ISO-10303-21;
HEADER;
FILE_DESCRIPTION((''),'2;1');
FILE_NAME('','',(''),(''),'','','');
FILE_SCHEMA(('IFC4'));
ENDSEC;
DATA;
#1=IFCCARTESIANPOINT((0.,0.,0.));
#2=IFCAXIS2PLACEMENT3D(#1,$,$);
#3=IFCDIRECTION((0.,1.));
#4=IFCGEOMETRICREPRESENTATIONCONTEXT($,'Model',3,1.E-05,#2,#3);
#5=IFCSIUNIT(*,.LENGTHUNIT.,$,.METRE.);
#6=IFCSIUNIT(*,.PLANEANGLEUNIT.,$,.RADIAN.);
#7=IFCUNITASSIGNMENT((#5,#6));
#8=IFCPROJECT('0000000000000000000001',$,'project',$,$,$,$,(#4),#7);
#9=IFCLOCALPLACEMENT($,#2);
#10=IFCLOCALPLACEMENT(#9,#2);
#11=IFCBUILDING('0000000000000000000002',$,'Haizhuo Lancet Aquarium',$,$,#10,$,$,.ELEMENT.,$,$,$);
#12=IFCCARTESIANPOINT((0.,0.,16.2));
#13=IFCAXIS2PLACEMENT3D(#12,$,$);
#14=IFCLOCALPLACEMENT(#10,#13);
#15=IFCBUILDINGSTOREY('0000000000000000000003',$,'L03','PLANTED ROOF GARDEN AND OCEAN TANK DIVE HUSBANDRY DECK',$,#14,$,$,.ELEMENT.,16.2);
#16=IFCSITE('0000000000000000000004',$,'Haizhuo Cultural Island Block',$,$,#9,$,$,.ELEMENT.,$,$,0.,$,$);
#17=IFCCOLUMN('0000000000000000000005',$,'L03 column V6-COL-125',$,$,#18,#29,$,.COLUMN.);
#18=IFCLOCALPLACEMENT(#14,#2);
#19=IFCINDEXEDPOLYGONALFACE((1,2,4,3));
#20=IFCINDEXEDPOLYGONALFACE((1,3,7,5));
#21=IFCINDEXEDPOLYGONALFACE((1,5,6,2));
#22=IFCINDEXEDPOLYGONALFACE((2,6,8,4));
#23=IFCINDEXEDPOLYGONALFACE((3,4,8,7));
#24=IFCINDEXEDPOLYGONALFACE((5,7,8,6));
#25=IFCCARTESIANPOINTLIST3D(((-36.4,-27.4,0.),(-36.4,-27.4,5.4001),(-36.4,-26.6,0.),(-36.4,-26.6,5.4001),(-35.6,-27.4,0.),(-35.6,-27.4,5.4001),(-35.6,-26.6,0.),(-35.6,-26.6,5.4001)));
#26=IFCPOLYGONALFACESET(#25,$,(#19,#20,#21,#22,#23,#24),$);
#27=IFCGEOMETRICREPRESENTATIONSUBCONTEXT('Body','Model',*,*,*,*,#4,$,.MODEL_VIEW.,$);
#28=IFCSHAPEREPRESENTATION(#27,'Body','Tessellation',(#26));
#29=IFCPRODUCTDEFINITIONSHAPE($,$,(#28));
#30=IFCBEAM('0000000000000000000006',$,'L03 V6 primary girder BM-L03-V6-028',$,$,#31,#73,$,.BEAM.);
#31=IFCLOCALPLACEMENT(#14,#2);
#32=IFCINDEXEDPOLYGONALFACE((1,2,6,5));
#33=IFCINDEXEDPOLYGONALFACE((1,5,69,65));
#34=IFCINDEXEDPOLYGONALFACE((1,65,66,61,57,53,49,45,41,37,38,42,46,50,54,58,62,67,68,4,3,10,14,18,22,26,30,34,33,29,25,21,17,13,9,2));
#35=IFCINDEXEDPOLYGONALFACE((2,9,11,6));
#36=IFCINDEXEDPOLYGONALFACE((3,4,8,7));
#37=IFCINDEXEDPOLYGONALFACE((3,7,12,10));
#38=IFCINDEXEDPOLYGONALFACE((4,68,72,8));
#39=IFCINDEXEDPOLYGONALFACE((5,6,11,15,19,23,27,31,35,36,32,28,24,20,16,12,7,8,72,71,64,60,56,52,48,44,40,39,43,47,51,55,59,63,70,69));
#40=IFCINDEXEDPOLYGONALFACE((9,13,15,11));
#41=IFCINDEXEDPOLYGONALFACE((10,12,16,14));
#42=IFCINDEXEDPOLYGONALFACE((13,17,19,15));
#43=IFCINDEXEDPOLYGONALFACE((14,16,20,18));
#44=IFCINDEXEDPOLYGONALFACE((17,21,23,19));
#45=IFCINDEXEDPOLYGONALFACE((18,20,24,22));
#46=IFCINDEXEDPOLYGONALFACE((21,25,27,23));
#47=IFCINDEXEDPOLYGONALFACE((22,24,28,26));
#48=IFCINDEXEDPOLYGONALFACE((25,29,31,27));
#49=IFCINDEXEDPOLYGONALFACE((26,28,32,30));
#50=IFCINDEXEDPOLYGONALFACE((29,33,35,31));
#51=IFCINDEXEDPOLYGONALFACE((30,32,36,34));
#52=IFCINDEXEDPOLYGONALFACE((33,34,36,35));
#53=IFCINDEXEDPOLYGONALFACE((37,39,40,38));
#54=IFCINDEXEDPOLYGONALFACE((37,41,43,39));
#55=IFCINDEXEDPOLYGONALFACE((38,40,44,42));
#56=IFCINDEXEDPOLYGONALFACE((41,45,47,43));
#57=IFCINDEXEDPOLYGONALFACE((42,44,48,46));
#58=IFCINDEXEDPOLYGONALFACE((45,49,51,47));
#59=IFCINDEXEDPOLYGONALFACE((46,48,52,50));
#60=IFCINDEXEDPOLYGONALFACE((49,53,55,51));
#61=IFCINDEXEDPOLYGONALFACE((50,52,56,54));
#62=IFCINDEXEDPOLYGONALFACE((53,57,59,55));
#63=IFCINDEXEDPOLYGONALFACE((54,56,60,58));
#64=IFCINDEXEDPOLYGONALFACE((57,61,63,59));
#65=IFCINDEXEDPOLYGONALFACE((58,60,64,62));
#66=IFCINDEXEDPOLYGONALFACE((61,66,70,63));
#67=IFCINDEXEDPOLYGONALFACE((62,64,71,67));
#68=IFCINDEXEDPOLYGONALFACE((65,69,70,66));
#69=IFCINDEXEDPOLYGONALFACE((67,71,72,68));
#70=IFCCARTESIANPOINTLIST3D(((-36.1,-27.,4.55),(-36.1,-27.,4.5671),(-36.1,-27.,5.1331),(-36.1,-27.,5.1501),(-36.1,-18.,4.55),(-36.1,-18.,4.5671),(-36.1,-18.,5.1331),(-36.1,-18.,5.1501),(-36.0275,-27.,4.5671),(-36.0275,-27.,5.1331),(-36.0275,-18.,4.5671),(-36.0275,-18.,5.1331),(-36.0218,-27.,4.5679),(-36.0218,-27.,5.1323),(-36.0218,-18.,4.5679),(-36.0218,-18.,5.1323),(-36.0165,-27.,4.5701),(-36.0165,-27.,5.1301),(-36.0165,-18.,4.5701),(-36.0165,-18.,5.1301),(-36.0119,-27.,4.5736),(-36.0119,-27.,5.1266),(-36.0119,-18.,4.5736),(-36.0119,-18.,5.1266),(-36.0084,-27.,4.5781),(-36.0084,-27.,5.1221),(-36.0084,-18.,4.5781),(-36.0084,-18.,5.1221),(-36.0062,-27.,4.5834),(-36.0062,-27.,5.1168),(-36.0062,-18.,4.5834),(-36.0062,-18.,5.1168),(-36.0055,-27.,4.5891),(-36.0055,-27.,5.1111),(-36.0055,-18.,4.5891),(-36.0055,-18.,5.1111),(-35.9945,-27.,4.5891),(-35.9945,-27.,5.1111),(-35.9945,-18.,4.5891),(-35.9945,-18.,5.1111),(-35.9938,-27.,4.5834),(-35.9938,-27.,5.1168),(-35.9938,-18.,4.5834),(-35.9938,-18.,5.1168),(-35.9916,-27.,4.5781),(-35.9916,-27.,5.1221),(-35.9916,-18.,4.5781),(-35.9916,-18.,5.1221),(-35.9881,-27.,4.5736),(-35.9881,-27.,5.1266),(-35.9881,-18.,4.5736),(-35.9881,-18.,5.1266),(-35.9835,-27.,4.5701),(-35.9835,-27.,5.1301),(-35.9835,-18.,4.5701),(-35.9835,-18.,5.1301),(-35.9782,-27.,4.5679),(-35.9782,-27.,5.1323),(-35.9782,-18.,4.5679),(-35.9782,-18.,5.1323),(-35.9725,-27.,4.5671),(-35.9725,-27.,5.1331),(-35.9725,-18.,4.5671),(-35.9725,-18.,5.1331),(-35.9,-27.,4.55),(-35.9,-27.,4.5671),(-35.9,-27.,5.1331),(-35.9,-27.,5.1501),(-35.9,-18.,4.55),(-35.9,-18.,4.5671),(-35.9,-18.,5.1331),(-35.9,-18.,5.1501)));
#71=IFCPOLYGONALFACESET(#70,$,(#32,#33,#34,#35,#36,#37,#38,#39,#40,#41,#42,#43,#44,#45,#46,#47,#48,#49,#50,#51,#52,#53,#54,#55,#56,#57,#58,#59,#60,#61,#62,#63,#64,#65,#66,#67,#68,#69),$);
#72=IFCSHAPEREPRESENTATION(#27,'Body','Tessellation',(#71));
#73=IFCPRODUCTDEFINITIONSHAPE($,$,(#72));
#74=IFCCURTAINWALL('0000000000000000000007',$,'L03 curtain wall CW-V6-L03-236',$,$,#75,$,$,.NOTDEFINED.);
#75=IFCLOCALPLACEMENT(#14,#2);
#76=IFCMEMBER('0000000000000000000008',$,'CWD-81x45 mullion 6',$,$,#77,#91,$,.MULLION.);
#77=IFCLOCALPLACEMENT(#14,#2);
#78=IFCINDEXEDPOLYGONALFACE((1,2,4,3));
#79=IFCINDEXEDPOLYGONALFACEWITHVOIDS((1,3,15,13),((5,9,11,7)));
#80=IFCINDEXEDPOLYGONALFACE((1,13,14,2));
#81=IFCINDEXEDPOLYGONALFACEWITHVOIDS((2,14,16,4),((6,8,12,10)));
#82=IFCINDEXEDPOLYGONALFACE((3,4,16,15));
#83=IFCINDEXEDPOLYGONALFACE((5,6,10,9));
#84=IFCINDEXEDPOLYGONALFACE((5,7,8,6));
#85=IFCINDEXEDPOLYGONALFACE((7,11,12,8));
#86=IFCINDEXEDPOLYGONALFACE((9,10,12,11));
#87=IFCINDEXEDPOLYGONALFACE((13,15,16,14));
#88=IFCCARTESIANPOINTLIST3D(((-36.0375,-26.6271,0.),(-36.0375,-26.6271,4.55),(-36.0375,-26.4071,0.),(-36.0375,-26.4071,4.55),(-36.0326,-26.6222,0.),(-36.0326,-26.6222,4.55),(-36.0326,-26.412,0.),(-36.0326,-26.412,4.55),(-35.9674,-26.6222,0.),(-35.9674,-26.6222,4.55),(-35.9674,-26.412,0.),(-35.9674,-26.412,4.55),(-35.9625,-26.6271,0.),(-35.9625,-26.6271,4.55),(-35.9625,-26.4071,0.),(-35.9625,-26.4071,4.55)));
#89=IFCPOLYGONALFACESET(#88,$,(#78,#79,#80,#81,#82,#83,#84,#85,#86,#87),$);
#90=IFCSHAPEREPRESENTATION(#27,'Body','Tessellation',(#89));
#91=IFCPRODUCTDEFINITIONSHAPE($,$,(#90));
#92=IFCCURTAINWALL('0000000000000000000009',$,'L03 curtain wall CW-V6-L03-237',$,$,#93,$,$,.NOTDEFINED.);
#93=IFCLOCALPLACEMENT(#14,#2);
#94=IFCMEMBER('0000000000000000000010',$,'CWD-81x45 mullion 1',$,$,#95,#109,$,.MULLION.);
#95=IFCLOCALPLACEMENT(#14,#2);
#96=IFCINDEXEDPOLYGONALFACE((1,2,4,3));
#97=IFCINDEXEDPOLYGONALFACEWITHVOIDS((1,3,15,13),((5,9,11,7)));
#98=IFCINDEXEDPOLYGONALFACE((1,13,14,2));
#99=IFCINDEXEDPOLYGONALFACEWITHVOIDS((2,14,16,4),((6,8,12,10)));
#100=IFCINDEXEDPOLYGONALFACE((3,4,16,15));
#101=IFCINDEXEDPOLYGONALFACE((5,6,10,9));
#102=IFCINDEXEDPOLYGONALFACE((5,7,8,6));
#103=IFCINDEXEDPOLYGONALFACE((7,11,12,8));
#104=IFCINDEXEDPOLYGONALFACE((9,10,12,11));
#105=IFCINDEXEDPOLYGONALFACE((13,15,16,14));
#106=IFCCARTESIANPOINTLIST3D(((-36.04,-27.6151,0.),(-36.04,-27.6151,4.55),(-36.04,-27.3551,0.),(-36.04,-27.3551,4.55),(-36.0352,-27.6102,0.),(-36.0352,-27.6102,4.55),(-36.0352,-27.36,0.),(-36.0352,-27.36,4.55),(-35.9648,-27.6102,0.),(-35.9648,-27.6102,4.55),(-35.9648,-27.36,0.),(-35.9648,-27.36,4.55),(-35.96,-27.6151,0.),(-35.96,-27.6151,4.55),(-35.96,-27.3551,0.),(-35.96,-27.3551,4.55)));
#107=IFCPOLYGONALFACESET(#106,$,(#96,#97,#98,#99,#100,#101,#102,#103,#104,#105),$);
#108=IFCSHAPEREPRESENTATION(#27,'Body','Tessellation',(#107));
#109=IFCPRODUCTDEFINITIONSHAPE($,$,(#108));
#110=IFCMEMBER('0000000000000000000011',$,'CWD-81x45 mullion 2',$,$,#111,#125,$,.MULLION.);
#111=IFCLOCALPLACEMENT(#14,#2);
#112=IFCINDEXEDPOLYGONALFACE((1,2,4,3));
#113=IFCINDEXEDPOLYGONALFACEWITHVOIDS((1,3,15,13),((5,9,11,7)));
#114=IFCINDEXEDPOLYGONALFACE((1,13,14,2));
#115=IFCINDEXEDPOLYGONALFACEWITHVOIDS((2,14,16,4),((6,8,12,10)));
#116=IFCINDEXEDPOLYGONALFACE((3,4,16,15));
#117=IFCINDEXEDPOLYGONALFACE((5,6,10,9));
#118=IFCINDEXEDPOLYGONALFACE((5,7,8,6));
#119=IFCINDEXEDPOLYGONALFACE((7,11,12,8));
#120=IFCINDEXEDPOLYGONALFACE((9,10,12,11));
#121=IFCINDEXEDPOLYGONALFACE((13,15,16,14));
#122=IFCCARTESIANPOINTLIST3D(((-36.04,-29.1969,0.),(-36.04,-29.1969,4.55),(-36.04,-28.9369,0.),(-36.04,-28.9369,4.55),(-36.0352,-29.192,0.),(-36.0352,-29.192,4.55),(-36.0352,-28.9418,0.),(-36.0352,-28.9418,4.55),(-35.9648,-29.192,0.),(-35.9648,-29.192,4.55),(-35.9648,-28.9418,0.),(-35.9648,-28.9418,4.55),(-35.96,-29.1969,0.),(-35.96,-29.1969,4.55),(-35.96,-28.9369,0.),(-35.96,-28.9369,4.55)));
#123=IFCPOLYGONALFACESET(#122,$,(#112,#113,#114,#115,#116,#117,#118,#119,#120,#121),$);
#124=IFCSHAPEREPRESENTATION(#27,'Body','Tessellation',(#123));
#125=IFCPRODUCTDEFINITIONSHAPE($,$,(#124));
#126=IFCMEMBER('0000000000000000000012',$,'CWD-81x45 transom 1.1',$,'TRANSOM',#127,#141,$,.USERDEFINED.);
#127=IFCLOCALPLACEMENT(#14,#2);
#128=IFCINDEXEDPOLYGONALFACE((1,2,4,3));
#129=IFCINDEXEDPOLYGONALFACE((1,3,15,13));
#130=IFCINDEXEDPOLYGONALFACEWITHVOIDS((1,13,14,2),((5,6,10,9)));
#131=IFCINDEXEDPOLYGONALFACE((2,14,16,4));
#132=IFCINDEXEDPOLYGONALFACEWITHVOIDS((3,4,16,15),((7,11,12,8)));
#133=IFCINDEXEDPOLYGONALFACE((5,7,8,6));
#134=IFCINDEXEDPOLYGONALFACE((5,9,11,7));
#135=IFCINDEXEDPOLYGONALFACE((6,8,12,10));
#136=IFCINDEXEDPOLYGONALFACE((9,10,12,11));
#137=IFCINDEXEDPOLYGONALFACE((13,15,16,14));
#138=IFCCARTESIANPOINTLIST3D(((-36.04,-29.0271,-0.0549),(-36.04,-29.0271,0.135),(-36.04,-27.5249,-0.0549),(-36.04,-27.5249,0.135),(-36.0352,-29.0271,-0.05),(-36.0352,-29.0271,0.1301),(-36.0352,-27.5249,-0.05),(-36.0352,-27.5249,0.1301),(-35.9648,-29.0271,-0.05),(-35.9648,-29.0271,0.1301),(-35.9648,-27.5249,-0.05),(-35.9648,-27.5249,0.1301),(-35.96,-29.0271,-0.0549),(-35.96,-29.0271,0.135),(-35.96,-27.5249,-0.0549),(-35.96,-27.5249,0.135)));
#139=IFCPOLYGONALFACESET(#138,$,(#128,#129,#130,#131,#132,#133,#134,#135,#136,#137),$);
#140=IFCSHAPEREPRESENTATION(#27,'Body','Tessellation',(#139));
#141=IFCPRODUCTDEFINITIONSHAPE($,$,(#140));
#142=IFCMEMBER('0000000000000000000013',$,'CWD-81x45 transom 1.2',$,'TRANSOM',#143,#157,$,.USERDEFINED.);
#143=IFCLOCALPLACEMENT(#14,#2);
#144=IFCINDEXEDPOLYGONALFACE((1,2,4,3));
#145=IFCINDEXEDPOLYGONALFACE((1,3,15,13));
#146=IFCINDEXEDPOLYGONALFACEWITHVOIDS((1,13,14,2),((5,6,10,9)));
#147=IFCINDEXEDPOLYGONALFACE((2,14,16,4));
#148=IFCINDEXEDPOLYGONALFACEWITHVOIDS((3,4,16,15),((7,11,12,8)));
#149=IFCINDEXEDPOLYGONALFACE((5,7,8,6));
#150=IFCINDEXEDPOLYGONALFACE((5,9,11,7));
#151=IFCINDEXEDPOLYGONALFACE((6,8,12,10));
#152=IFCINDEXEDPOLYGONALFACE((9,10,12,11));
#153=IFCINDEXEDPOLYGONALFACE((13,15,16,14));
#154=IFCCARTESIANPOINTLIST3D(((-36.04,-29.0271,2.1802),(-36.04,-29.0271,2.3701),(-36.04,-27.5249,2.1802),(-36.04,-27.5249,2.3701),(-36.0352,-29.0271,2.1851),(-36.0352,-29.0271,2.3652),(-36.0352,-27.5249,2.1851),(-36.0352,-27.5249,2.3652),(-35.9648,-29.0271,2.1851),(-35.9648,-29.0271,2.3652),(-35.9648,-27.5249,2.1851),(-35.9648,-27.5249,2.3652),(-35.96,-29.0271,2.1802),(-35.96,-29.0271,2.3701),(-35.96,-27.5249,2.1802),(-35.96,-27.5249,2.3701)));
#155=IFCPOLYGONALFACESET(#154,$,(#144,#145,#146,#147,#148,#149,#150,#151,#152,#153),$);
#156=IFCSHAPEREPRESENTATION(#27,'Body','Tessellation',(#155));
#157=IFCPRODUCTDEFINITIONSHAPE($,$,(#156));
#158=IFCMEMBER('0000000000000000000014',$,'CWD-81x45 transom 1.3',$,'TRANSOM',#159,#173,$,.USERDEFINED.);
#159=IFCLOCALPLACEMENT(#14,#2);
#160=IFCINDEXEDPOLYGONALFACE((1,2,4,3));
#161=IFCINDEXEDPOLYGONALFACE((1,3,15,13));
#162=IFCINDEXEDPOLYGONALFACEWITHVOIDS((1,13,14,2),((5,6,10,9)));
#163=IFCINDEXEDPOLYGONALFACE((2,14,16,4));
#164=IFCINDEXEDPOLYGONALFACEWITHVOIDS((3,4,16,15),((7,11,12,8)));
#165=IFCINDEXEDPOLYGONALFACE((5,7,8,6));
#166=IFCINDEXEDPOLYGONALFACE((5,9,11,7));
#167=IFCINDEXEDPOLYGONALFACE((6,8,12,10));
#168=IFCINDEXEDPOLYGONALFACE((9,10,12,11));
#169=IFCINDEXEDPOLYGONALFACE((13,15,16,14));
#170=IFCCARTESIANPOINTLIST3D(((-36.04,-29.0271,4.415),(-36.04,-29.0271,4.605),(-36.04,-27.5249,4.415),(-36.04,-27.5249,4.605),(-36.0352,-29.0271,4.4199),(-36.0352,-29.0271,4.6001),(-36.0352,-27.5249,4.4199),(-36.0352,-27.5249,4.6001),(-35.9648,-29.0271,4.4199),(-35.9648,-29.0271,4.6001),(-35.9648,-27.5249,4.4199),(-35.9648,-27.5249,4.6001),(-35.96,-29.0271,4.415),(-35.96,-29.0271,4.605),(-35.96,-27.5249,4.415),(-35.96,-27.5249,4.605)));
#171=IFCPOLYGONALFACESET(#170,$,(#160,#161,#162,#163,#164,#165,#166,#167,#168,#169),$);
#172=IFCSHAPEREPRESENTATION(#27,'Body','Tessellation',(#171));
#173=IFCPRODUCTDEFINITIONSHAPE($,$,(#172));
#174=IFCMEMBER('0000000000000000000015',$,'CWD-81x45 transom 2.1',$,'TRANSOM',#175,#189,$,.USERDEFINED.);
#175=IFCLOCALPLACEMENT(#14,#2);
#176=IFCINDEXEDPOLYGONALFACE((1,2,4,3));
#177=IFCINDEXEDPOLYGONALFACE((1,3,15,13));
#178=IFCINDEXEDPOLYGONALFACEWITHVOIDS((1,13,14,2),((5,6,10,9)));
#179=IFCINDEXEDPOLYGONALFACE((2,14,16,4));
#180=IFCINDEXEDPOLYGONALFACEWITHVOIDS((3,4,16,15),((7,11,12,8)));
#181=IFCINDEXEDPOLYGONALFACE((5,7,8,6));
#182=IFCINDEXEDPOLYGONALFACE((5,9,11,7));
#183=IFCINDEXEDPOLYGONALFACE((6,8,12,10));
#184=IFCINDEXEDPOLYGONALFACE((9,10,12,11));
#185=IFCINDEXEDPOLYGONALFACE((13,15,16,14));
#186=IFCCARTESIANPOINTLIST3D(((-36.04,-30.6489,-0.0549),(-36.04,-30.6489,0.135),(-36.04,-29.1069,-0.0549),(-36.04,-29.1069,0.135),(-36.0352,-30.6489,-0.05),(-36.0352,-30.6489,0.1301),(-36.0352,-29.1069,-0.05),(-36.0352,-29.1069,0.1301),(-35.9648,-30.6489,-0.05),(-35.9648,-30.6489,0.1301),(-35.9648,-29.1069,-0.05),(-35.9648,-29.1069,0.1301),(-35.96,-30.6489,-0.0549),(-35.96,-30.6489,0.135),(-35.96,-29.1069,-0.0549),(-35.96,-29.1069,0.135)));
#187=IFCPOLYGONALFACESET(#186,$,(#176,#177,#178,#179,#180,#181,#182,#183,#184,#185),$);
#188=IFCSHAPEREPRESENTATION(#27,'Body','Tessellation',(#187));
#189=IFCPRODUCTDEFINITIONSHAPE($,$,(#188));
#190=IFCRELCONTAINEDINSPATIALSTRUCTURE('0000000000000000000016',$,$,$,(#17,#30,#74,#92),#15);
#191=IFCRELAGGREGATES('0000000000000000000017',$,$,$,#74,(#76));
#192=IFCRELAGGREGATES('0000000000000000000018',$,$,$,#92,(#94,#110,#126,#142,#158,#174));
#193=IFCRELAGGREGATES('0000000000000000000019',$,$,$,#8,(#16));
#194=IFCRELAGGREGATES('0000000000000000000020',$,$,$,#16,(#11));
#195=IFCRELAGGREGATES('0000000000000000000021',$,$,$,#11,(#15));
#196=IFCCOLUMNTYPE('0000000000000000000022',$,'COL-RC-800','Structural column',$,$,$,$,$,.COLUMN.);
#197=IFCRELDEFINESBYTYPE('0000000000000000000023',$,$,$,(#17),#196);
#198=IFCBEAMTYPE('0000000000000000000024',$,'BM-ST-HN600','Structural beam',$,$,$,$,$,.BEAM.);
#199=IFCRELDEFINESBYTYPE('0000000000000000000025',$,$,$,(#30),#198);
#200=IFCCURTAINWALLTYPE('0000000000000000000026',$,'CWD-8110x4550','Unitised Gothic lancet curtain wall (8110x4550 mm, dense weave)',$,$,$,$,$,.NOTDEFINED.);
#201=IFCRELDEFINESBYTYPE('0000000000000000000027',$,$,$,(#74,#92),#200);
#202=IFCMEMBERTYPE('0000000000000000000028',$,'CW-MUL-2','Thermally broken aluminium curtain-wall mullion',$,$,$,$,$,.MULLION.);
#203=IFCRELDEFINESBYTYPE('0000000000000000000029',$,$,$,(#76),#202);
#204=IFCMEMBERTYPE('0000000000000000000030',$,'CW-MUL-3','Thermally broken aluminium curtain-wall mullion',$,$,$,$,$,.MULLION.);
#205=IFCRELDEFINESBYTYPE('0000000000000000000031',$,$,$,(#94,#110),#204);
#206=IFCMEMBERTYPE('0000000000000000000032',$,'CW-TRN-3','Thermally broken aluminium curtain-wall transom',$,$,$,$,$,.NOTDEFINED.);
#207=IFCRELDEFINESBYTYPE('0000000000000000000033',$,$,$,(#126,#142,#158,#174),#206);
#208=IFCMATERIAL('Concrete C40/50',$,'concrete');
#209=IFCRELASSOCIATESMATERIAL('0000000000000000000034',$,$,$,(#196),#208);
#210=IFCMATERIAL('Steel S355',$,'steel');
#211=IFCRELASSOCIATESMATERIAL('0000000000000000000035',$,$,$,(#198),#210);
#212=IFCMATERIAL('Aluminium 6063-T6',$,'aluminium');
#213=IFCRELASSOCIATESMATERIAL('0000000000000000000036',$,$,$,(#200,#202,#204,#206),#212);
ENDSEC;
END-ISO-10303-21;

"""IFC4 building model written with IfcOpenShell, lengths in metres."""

from ifc_helpers import new_model, si_unit, direction, frame, origin, origin_2d, place, context, subcontext, project, spatial, rectangle, hollow_rectangle, i_section, extrude, material, material_profile, profile_set, type_object, element, aggregate, save


model = new_model("IFC4")

# Units and contexts
model_context = context("Model", 3, precision=1e-05, world=origin(), true_north=direction((0.0, 1.0)))
body_context = subcontext(model_context, "Body", "Model", "MODEL_VIEW")
ifc_project = project(units=[si_unit("LENGTHUNIT", "METRE"), si_unit("PLANEANGLEUNIT", "RADIAN")], contexts=[model_context])

# Site, building, storey
site_placement = place(None, origin())
site = spatial("IfcSite", under=ifc_project, at=site_placement, Name="Haizhuo Cultural Island Block", CompositionType="ELEMENT", RefElevation=0.0)
building_placement = place(site_placement, origin())
building = spatial("IfcBuilding", under=site, at=building_placement, Name="Haizhuo Lancet Aquarium", CompositionType="ELEMENT")
storey_placement = place(building_placement, frame((0.0, 0.0, 16.2)))
storey = spatial("IfcBuildingStorey", under=building, at=storey_placement, Name="L03", Description="PLANTED ROOF GARDEN AND OCEAN TANK DIVE HUSBANDRY DECK", CompositionType="ELEMENT", Elevation=16.2)

# Column
ifc_material_1 = material(Name="Concrete C40/50", Category="concrete")
ifc_material_profile_1 = material_profile(ifc_material_1, rectangle(XDim=0.8, YDim=0.8, at=origin_2d()), Name="RC-COL 800x800")
ifc_profile_set_1 = profile_set([ifc_material_profile_1], Name="Concrete C40/50")
column_type = type_object("IfcColumnType", Name="COL-RC-800", Description="Structural column", PredefinedType="COLUMN", material=ifc_profile_set_1)
column_placement = place(storey_placement, frame((-36.0, -27.0, 0.0), z_axis=(0.0, 0.0, 1.0), x_axis=(1.0, 0.0, 0.0)))
element("IfcColumn", 1, at=column_placement, inside=storey, type_object=column_type, Name="L03 column V6-COL-125", PredefinedType="COLUMN", context=body_context, shape_type="SweptSolid", body=[
    extrude(rectangle(XDim=0.8, YDim=0.8, at=origin_2d()), origin(), (0.0, 0.0, 1.0), 5.4001),
])

# Beam
ifc_material_2 = material(Name="Steel S355", Category="steel")
ifc_material_profile_2 = material_profile(ifc_material_2, i_section(OverallWidth=0.2, OverallDepth=0.6001, WebThickness=0.011, FlangeThickness=0.0171, FilletRadius=0.022, at=origin_2d()), Name="HN 600x200x11x17")
ifc_profile_set_2 = profile_set([ifc_material_profile_2], Name="Steel S355")
beam_type = type_object("IfcBeamType", Name="BM-ST-HN600", Description="Structural beam", PredefinedType="BEAM", material=ifc_profile_set_2)
beam_placement = place(storey_placement, frame((-36.0, -27.0, 4.8501), z_axis=(0.0, 1.0, 0.0), x_axis=(-1.0, 0.0, 0.0)))
element("IfcBeam", 2, at=beam_placement, inside=storey, type_object=beam_type, Name="L03 V6 primary girder BM-L03-V6-028", PredefinedType="BEAM", context=body_context, shape_type="SweptSolid", body=[
    extrude(i_section(OverallWidth=0.2, OverallDepth=0.6001, WebThickness=0.011, FlangeThickness=0.0171, FilletRadius=0.022, at=origin_2d()), origin(), (0.0, 0.0, 1.0), 9.0),
])

# Curtain wall, member
ifc_material_3 = material(Name="Aluminium 6063-T6", Category="aluminium")
curtain_wall_type = type_object("IfcCurtainWallType", Name="CWD-8110x4550", Description="Unitised Gothic lancet curtain wall (8110x4550 mm, dense weave)", PredefinedType="NOTDEFINED", material=ifc_material_3)
curtain_wall_1_placement = place(storey_placement, origin())
curtain_wall_1 = element("IfcCurtainWall", 3, at=curtain_wall_1_placement, inside=storey, type_object=curtain_wall_type, Name="L03 curtain wall CW-V6-L03-236", PredefinedType="NOTDEFINED")
ifc_material_profile_3 = material_profile(ifc_material_3, hollow_rectangle(XDim=0.075, YDim=0.22, WallThickness=0.0049, at=origin_2d()), Name="ALU-M 75x220x5")
ifc_profile_set_3 = profile_set([ifc_material_profile_3], Name="Aluminium 6063-T6")
member_type_1 = type_object("IfcMemberType", Name="CW-MUL-2", Description="Thermally broken aluminium curtain-wall mullion", PredefinedType="MULLION", material=ifc_profile_set_3)
member_1_placement = place(storey_placement, frame((-36.0, -26.5171, 0.0), z_axis=(0.0, 0.0, 1.0), x_axis=(1.0, 0.0, 0.0)))
member_1 = element("IfcMember", 4, at=member_1_placement, type_object=member_type_1, Name="CWD-81x45 mullion 6", PredefinedType="MULLION", context=body_context, shape_type="SweptSolid", body=[
    extrude(hollow_rectangle(XDim=0.075, YDim=0.22, WallThickness=0.0049, at=origin_2d()), origin(), (0.0, 0.0, 1.0), 4.55),
])
aggregate(curtain_wall_1, [member_1])

# Curtain wall, members
curtain_wall_2_placement = place(storey_placement, origin())
curtain_wall_2 = element("IfcCurtainWall", 5, at=curtain_wall_2_placement, inside=storey, type_object=curtain_wall_type, Name="L03 curtain wall CW-V6-L03-237", PredefinedType="NOTDEFINED")
ifc_material_profile_4 = material_profile(ifc_material_3, hollow_rectangle(XDim=0.0801, YDim=0.26, WallThickness=0.0049, at=origin_2d()), Name="ALU-M 80x260x5")
ifc_profile_set_4 = profile_set([ifc_material_profile_4], Name="Aluminium 6063-T6")
member_type_2 = type_object("IfcMemberType", Name="CW-MUL-3", Description="Thermally broken aluminium curtain-wall mullion", PredefinedType="MULLION", material=ifc_profile_set_4)
member_2_placement = place(storey_placement, frame((-36.0, -27.4851, 0.0), z_axis=(0.0, 0.0, 1.0), x_axis=(1.0, 0.0, 0.0)))
member_2 = element("IfcMember", 6, at=member_2_placement, type_object=member_type_2, Name="CWD-81x45 mullion 1", PredefinedType="MULLION", context=body_context, shape_type="SweptSolid", body=[
    extrude(hollow_rectangle(XDim=0.0801, YDim=0.26, WallThickness=0.0049, at=origin_2d()), origin(), (0.0, 0.0, 1.0), 4.55),
])
member_3_placement = place(storey_placement, frame((-36.0, -29.0669, 0.0), z_axis=(0.0, 0.0, 1.0), x_axis=(1.0, 0.0, 0.0)))
member_3 = element("IfcMember", 7, at=member_3_placement, type_object=member_type_2, Name="CWD-81x45 mullion 2", PredefinedType="MULLION", context=body_context, shape_type="SweptSolid", body=[
    extrude(hollow_rectangle(XDim=0.0801, YDim=0.26, WallThickness=0.0049, at=origin_2d()), origin(), (0.0, 0.0, 1.0), 4.55),
])
ifc_material_profile_5 = material_profile(ifc_material_3, hollow_rectangle(XDim=0.0801, YDim=0.1899, WallThickness=0.0049, at=origin_2d()), Name="ALU-T 80x190x5")
ifc_profile_set_5 = profile_set([ifc_material_profile_5], Name="Aluminium 6063-T6")
member_type_3 = type_object("IfcMemberType", Name="CW-TRN-3", Description="Thermally broken aluminium curtain-wall transom", PredefinedType="NOTDEFINED", material=ifc_profile_set_5)
member_4_placement = place(storey_placement, frame((-36.0, -27.5249, 0.04), z_axis=(0.0, -1.0, 0.0), x_axis=(1.0, 0.0, 0.0)))
member_4 = element("IfcMember", 8, at=member_4_placement, type_object=member_type_3, Name="CWD-81x45 transom 1.1", ObjectType="TRANSOM", PredefinedType="USERDEFINED", context=body_context, shape_type="SweptSolid", body=[
    extrude(hollow_rectangle(XDim=0.0801, YDim=0.1899, WallThickness=0.0049, at=origin_2d()), origin(), (0.0, 0.0, 1.0), 1.5022),
])
member_5_placement = place(storey_placement, frame((-36.0, -27.5249, 2.2751), z_axis=(0.0, -1.0, 0.0), x_axis=(1.0, 0.0, 0.0)))
member_5 = element("IfcMember", 9, at=member_5_placement, type_object=member_type_3, Name="CWD-81x45 transom 1.2", ObjectType="TRANSOM", PredefinedType="USERDEFINED", context=body_context, shape_type="SweptSolid", body=[
    extrude(hollow_rectangle(XDim=0.0801, YDim=0.1899, WallThickness=0.0049, at=origin_2d()), origin(), (0.0, 0.0, 1.0), 1.5022),
])
member_6_placement = place(storey_placement, frame((-36.0, -27.5249, 4.51), z_axis=(0.0, -1.0, 0.0), x_axis=(1.0, 0.0, 0.0)))
member_6 = element("IfcMember", 10, at=member_6_placement, type_object=member_type_3, Name="CWD-81x45 transom 1.3", ObjectType="TRANSOM", PredefinedType="USERDEFINED", context=body_context, shape_type="SweptSolid", body=[
    extrude(hollow_rectangle(XDim=0.0801, YDim=0.1899, WallThickness=0.0049, at=origin_2d()), origin(), (0.0, 0.0, 1.0), 1.5022),
])
member_7_placement = place(storey_placement, frame((-36.0, -29.1069, 0.04), z_axis=(0.0, -1.0, 0.0), x_axis=(1.0, 0.0, 0.0)))
member_7 = element("IfcMember", 11, at=member_7_placement, type_object=member_type_3, Name="CWD-81x45 transom 2.1", ObjectType="TRANSOM", PredefinedType="USERDEFINED", context=body_context, shape_type="SweptSolid", body=[
    extrude(hollow_rectangle(XDim=0.0801, YDim=0.1899, WallThickness=0.0049, at=origin_2d()), origin(), (0.0, 0.0, 1.0), 1.542),
])

aggregate(curtain_wall_2, [member_2, member_3, member_4, member_5, member_6, member_7])

save(model, "model.ifc")
